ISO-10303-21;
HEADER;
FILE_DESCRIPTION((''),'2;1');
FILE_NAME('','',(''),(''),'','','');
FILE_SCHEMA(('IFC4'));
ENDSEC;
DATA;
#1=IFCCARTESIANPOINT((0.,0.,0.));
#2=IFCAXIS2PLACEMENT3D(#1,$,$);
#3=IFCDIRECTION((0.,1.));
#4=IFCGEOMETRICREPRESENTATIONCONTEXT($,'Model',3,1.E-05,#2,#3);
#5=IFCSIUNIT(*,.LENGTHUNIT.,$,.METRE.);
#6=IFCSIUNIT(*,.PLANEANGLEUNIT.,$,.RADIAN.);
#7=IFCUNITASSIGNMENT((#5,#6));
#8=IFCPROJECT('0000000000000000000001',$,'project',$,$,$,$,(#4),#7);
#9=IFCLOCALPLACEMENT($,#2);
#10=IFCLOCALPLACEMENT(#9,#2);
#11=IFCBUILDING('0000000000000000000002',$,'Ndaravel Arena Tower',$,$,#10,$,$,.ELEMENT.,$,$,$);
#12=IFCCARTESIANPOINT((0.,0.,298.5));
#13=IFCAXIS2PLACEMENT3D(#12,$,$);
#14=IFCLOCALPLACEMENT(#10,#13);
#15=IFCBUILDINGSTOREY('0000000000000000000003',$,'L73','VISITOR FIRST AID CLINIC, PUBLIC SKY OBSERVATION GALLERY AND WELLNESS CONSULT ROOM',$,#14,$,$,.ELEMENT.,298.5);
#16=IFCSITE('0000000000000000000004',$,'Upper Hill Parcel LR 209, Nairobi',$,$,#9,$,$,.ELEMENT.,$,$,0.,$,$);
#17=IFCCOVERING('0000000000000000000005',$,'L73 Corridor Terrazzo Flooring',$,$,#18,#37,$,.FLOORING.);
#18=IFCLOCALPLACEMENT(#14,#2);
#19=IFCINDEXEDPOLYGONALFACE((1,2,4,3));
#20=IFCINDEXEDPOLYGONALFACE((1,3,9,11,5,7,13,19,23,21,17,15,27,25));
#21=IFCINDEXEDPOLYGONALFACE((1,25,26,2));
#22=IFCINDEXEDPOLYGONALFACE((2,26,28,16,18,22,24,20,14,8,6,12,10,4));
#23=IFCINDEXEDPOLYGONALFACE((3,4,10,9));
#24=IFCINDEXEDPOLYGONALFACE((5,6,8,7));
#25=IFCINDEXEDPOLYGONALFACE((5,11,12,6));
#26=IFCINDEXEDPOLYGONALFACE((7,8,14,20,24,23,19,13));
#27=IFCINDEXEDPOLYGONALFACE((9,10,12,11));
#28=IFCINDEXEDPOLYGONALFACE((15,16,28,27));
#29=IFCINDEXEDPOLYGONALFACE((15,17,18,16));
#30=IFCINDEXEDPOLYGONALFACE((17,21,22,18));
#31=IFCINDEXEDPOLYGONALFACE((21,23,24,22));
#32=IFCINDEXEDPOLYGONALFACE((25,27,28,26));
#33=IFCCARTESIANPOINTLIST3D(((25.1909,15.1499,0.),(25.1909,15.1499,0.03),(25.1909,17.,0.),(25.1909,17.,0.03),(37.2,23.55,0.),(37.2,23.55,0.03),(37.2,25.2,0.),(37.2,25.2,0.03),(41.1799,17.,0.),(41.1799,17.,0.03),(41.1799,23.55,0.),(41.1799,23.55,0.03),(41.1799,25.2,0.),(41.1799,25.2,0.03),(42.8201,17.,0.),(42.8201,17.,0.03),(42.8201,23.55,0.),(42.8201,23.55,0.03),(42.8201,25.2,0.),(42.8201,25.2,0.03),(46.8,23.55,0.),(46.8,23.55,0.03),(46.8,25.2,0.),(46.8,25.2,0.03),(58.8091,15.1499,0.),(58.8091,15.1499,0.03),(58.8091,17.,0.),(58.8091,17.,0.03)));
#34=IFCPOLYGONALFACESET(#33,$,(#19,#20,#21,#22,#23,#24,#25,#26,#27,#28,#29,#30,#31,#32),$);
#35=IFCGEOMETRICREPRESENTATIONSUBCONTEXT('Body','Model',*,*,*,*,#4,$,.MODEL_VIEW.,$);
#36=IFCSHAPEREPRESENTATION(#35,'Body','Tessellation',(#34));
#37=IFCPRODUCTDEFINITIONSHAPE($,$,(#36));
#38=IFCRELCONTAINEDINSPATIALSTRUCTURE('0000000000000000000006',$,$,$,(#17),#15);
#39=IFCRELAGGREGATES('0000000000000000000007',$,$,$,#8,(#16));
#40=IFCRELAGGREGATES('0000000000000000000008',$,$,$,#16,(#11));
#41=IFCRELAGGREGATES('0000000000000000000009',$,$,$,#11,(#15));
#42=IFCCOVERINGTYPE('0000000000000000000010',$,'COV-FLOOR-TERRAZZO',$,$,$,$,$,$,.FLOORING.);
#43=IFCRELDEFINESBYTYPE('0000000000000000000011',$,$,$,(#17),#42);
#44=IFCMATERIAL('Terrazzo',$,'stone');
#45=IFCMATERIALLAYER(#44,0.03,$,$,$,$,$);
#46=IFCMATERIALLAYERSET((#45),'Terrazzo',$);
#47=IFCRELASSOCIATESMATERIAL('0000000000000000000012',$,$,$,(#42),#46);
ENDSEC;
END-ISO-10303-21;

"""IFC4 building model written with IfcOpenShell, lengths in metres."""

from ifc_helpers import new_model, si_unit, direction, frame, origin, place, context, subcontext, project, spatial, polyline, outline, extrude, material, layer, layer_set, type_object, element, save


model = new_model("IFC4")

# Units and contexts
model_context = context("Model", 3, precision=1e-05, world=origin(), true_north=direction((0.0, 1.0)))
body_context = subcontext(model_context, "Body", "Model", "MODEL_VIEW")
ifc_project = project(units=[si_unit("LENGTHUNIT", "METRE"), si_unit("PLANEANGLEUNIT", "RADIAN")], contexts=[model_context])

# Site, building, storey
site_placement = place(None, origin())
site = spatial("IfcSite", under=ifc_project, at=site_placement, Name="Upper Hill Parcel LR 209, Nairobi", CompositionType="ELEMENT", RefElevation=0.0)
building_placement = place(site_placement, origin())
building = spatial("IfcBuilding", under=site, at=building_placement, Name="Ndaravel Arena Tower", CompositionType="ELEMENT")
storey_placement = place(building_placement, frame((0.0, 0.0, 298.5)))
storey = spatial("IfcBuildingStorey", under=building, at=storey_placement, Name="L73", Description="VISITOR FIRST AID CLINIC, PUBLIC SKY OBSERVATION GALLERY AND WELLNESS CONSULT ROOM", CompositionType="ELEMENT", Elevation=298.5)

# Covering
ifc_material_1 = material(Name="Terrazzo", Category="stone")
ifc_layer_1 = layer(ifc_material_1, 0.03)
ifc_layer_set_1 = layer_set([ifc_layer_1], Name="Terrazzo")
covering_type_1 = type_object("IfcCoveringType", Name="COV-FLOOR-TERRAZZO", PredefinedType="FLOORING", material=ifc_layer_set_1)
covering_1_placement = place(storey_placement, origin())
element("IfcCovering", 1, at=covering_1_placement, inside=storey, type_object=covering_type_1, Name="L73 Corridor Terrazzo Flooring", PredefinedType="FLOORING", context=body_context, shape_type="SweptSolid", body=[
    extrude(outline(polyline([(58.8091, 17.0), (42.8201, 17.0), (42.8201, 23.55), (46.8, 23.55), (46.8, 25.2), (42.8201, 25.2), (41.1799, 25.2), (37.2, 25.2), (37.2, 23.55), (41.1799, 23.55), (41.1799, 17.0), (25.1909, 17.0), (25.1909, 15.1499), (58.8091, 15.1499), (58.8091, 17.0)])), origin(), (0.0, 0.0, 1.0), 0.03),
])

save(model, "model.ifc")
